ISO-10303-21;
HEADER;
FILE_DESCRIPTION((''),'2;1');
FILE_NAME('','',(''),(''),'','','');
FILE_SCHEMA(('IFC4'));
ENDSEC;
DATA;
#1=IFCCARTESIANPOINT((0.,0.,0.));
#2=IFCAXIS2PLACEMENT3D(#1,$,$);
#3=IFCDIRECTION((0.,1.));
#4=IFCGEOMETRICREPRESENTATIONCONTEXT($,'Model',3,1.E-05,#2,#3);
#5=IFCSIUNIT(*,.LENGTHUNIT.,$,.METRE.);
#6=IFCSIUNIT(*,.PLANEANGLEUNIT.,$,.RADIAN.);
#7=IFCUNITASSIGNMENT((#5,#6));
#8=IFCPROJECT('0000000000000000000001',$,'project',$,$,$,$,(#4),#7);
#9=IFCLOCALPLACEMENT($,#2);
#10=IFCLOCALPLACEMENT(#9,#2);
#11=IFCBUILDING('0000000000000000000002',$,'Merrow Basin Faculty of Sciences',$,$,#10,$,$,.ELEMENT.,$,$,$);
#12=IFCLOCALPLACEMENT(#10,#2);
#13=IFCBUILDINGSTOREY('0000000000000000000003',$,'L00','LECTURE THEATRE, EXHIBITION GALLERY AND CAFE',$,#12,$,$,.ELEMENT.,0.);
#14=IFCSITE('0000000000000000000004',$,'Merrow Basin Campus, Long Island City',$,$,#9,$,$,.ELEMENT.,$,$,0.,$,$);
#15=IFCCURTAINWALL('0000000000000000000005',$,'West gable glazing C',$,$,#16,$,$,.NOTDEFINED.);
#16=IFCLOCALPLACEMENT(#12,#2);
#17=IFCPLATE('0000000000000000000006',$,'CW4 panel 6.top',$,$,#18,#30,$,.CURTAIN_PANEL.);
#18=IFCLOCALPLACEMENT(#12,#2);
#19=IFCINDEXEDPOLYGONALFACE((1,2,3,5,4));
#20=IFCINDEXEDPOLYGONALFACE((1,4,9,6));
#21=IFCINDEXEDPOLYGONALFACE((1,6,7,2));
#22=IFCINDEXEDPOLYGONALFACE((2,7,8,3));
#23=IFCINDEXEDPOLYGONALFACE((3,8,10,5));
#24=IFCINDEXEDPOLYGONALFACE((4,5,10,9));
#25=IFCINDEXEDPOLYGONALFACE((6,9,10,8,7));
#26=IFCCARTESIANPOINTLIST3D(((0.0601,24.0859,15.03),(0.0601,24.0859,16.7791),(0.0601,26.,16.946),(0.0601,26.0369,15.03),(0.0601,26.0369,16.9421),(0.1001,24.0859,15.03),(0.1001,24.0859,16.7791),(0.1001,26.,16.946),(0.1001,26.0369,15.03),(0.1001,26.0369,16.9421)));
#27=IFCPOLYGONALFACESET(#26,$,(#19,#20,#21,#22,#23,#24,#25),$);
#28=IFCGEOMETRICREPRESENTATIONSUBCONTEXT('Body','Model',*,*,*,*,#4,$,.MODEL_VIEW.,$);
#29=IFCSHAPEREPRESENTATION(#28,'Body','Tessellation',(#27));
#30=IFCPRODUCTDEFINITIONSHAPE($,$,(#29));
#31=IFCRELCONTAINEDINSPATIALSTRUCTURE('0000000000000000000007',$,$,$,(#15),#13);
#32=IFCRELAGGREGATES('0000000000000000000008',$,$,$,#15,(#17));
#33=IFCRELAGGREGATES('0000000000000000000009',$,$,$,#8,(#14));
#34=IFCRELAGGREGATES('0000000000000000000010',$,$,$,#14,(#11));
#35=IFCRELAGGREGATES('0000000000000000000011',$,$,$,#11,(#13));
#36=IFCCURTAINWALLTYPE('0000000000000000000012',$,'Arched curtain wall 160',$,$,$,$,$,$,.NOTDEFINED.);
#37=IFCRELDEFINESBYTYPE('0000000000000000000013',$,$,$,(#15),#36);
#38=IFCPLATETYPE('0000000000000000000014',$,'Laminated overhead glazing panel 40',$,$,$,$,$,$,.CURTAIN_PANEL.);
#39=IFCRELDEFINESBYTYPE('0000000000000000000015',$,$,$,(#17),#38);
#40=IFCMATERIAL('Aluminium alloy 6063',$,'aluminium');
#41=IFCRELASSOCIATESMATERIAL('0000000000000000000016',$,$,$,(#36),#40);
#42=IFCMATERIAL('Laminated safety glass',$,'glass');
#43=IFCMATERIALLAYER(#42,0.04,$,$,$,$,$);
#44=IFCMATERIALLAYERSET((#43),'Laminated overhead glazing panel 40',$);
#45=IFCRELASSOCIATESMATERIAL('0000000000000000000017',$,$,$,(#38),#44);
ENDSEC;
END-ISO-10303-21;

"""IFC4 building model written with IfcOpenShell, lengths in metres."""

from ifc_helpers import new_model, si_unit, direction, frame, origin, place, context, subcontext, project, spatial, polyline, outline, extrude, material, layer, layer_set, type_object, element, aggregate, save


model = new_model("IFC4")

# Units and contexts
model_context = context("Model", 3, precision=1e-05, world=origin(), true_north=direction((0.0, 1.0)))
body_context = subcontext(model_context, "Body", "Model", "MODEL_VIEW")
ifc_project = project(units=[si_unit("LENGTHUNIT", "METRE"), si_unit("PLANEANGLEUNIT", "RADIAN")], contexts=[model_context])

# Site, building, storey
site_placement = place(None, origin())
site = spatial("IfcSite", under=ifc_project, at=site_placement, Name="Merrow Basin Campus, Long Island City", CompositionType="ELEMENT", RefElevation=0.0)
building_placement = place(site_placement, origin())
building = spatial("IfcBuilding", under=site, at=building_placement, Name="Merrow Basin Faculty of Sciences", CompositionType="ELEMENT")
storey_placement = place(building_placement, origin())
storey = spatial("IfcBuildingStorey", under=building, at=storey_placement, Name="L00", Description="LECTURE THEATRE, EXHIBITION GALLERY AND CAFE", CompositionType="ELEMENT", Elevation=0.0)

# Curtain wall
ifc_material_1 = material(Name="Aluminium alloy 6063", Category="aluminium")
curtain_wall_type = type_object("IfcCurtainWallType", Name="Arched curtain wall 160", PredefinedType="NOTDEFINED", material=ifc_material_1)
curtain_wall_1_placement = place(storey_placement, origin())
curtain_wall_1 = element("IfcCurtainWall", 1, at=curtain_wall_1_placement, inside=storey, type_object=curtain_wall_type, Name="West gable glazing C", PredefinedType="NOTDEFINED")

# Plate
ifc_material_2 = material(Name="Laminated safety glass", Category="glass")
ifc_layer = layer(ifc_material_2, 0.04)
ifc_layer_set = layer_set([ifc_layer], Name="Laminated overhead glazing panel 40")
plate_type = type_object("IfcPlateType", Name="Laminated overhead glazing panel 40", PredefinedType="CURTAIN_PANEL", material=ifc_layer_set)
plate_1_placement = place(storey_placement, frame((0.0601, 24.0859, 15.03), z_axis=(1.0, 0.0, 0.0), x_axis=(0.0, 1.0, 0.0)))
plate_1 = element("IfcPlate", 2, at=plate_1_placement, type_object=plate_type, Name="CW4 panel 6.top", PredefinedType="CURTAIN_PANEL", context=body_context, shape_type="SweptSolid", body=[
    extrude(outline(polyline([(0.0, 0.0), (1.9509, 0.0), (1.9509, 1.9121), (1.9141, 1.916), (0.0, 1.749), (0.0, 0.0)])), origin(), (0.0, 0.0, 1.0), 0.04),
])
aggregate(curtain_wall_1, [plate_1])

save(model, "model.ifc")
